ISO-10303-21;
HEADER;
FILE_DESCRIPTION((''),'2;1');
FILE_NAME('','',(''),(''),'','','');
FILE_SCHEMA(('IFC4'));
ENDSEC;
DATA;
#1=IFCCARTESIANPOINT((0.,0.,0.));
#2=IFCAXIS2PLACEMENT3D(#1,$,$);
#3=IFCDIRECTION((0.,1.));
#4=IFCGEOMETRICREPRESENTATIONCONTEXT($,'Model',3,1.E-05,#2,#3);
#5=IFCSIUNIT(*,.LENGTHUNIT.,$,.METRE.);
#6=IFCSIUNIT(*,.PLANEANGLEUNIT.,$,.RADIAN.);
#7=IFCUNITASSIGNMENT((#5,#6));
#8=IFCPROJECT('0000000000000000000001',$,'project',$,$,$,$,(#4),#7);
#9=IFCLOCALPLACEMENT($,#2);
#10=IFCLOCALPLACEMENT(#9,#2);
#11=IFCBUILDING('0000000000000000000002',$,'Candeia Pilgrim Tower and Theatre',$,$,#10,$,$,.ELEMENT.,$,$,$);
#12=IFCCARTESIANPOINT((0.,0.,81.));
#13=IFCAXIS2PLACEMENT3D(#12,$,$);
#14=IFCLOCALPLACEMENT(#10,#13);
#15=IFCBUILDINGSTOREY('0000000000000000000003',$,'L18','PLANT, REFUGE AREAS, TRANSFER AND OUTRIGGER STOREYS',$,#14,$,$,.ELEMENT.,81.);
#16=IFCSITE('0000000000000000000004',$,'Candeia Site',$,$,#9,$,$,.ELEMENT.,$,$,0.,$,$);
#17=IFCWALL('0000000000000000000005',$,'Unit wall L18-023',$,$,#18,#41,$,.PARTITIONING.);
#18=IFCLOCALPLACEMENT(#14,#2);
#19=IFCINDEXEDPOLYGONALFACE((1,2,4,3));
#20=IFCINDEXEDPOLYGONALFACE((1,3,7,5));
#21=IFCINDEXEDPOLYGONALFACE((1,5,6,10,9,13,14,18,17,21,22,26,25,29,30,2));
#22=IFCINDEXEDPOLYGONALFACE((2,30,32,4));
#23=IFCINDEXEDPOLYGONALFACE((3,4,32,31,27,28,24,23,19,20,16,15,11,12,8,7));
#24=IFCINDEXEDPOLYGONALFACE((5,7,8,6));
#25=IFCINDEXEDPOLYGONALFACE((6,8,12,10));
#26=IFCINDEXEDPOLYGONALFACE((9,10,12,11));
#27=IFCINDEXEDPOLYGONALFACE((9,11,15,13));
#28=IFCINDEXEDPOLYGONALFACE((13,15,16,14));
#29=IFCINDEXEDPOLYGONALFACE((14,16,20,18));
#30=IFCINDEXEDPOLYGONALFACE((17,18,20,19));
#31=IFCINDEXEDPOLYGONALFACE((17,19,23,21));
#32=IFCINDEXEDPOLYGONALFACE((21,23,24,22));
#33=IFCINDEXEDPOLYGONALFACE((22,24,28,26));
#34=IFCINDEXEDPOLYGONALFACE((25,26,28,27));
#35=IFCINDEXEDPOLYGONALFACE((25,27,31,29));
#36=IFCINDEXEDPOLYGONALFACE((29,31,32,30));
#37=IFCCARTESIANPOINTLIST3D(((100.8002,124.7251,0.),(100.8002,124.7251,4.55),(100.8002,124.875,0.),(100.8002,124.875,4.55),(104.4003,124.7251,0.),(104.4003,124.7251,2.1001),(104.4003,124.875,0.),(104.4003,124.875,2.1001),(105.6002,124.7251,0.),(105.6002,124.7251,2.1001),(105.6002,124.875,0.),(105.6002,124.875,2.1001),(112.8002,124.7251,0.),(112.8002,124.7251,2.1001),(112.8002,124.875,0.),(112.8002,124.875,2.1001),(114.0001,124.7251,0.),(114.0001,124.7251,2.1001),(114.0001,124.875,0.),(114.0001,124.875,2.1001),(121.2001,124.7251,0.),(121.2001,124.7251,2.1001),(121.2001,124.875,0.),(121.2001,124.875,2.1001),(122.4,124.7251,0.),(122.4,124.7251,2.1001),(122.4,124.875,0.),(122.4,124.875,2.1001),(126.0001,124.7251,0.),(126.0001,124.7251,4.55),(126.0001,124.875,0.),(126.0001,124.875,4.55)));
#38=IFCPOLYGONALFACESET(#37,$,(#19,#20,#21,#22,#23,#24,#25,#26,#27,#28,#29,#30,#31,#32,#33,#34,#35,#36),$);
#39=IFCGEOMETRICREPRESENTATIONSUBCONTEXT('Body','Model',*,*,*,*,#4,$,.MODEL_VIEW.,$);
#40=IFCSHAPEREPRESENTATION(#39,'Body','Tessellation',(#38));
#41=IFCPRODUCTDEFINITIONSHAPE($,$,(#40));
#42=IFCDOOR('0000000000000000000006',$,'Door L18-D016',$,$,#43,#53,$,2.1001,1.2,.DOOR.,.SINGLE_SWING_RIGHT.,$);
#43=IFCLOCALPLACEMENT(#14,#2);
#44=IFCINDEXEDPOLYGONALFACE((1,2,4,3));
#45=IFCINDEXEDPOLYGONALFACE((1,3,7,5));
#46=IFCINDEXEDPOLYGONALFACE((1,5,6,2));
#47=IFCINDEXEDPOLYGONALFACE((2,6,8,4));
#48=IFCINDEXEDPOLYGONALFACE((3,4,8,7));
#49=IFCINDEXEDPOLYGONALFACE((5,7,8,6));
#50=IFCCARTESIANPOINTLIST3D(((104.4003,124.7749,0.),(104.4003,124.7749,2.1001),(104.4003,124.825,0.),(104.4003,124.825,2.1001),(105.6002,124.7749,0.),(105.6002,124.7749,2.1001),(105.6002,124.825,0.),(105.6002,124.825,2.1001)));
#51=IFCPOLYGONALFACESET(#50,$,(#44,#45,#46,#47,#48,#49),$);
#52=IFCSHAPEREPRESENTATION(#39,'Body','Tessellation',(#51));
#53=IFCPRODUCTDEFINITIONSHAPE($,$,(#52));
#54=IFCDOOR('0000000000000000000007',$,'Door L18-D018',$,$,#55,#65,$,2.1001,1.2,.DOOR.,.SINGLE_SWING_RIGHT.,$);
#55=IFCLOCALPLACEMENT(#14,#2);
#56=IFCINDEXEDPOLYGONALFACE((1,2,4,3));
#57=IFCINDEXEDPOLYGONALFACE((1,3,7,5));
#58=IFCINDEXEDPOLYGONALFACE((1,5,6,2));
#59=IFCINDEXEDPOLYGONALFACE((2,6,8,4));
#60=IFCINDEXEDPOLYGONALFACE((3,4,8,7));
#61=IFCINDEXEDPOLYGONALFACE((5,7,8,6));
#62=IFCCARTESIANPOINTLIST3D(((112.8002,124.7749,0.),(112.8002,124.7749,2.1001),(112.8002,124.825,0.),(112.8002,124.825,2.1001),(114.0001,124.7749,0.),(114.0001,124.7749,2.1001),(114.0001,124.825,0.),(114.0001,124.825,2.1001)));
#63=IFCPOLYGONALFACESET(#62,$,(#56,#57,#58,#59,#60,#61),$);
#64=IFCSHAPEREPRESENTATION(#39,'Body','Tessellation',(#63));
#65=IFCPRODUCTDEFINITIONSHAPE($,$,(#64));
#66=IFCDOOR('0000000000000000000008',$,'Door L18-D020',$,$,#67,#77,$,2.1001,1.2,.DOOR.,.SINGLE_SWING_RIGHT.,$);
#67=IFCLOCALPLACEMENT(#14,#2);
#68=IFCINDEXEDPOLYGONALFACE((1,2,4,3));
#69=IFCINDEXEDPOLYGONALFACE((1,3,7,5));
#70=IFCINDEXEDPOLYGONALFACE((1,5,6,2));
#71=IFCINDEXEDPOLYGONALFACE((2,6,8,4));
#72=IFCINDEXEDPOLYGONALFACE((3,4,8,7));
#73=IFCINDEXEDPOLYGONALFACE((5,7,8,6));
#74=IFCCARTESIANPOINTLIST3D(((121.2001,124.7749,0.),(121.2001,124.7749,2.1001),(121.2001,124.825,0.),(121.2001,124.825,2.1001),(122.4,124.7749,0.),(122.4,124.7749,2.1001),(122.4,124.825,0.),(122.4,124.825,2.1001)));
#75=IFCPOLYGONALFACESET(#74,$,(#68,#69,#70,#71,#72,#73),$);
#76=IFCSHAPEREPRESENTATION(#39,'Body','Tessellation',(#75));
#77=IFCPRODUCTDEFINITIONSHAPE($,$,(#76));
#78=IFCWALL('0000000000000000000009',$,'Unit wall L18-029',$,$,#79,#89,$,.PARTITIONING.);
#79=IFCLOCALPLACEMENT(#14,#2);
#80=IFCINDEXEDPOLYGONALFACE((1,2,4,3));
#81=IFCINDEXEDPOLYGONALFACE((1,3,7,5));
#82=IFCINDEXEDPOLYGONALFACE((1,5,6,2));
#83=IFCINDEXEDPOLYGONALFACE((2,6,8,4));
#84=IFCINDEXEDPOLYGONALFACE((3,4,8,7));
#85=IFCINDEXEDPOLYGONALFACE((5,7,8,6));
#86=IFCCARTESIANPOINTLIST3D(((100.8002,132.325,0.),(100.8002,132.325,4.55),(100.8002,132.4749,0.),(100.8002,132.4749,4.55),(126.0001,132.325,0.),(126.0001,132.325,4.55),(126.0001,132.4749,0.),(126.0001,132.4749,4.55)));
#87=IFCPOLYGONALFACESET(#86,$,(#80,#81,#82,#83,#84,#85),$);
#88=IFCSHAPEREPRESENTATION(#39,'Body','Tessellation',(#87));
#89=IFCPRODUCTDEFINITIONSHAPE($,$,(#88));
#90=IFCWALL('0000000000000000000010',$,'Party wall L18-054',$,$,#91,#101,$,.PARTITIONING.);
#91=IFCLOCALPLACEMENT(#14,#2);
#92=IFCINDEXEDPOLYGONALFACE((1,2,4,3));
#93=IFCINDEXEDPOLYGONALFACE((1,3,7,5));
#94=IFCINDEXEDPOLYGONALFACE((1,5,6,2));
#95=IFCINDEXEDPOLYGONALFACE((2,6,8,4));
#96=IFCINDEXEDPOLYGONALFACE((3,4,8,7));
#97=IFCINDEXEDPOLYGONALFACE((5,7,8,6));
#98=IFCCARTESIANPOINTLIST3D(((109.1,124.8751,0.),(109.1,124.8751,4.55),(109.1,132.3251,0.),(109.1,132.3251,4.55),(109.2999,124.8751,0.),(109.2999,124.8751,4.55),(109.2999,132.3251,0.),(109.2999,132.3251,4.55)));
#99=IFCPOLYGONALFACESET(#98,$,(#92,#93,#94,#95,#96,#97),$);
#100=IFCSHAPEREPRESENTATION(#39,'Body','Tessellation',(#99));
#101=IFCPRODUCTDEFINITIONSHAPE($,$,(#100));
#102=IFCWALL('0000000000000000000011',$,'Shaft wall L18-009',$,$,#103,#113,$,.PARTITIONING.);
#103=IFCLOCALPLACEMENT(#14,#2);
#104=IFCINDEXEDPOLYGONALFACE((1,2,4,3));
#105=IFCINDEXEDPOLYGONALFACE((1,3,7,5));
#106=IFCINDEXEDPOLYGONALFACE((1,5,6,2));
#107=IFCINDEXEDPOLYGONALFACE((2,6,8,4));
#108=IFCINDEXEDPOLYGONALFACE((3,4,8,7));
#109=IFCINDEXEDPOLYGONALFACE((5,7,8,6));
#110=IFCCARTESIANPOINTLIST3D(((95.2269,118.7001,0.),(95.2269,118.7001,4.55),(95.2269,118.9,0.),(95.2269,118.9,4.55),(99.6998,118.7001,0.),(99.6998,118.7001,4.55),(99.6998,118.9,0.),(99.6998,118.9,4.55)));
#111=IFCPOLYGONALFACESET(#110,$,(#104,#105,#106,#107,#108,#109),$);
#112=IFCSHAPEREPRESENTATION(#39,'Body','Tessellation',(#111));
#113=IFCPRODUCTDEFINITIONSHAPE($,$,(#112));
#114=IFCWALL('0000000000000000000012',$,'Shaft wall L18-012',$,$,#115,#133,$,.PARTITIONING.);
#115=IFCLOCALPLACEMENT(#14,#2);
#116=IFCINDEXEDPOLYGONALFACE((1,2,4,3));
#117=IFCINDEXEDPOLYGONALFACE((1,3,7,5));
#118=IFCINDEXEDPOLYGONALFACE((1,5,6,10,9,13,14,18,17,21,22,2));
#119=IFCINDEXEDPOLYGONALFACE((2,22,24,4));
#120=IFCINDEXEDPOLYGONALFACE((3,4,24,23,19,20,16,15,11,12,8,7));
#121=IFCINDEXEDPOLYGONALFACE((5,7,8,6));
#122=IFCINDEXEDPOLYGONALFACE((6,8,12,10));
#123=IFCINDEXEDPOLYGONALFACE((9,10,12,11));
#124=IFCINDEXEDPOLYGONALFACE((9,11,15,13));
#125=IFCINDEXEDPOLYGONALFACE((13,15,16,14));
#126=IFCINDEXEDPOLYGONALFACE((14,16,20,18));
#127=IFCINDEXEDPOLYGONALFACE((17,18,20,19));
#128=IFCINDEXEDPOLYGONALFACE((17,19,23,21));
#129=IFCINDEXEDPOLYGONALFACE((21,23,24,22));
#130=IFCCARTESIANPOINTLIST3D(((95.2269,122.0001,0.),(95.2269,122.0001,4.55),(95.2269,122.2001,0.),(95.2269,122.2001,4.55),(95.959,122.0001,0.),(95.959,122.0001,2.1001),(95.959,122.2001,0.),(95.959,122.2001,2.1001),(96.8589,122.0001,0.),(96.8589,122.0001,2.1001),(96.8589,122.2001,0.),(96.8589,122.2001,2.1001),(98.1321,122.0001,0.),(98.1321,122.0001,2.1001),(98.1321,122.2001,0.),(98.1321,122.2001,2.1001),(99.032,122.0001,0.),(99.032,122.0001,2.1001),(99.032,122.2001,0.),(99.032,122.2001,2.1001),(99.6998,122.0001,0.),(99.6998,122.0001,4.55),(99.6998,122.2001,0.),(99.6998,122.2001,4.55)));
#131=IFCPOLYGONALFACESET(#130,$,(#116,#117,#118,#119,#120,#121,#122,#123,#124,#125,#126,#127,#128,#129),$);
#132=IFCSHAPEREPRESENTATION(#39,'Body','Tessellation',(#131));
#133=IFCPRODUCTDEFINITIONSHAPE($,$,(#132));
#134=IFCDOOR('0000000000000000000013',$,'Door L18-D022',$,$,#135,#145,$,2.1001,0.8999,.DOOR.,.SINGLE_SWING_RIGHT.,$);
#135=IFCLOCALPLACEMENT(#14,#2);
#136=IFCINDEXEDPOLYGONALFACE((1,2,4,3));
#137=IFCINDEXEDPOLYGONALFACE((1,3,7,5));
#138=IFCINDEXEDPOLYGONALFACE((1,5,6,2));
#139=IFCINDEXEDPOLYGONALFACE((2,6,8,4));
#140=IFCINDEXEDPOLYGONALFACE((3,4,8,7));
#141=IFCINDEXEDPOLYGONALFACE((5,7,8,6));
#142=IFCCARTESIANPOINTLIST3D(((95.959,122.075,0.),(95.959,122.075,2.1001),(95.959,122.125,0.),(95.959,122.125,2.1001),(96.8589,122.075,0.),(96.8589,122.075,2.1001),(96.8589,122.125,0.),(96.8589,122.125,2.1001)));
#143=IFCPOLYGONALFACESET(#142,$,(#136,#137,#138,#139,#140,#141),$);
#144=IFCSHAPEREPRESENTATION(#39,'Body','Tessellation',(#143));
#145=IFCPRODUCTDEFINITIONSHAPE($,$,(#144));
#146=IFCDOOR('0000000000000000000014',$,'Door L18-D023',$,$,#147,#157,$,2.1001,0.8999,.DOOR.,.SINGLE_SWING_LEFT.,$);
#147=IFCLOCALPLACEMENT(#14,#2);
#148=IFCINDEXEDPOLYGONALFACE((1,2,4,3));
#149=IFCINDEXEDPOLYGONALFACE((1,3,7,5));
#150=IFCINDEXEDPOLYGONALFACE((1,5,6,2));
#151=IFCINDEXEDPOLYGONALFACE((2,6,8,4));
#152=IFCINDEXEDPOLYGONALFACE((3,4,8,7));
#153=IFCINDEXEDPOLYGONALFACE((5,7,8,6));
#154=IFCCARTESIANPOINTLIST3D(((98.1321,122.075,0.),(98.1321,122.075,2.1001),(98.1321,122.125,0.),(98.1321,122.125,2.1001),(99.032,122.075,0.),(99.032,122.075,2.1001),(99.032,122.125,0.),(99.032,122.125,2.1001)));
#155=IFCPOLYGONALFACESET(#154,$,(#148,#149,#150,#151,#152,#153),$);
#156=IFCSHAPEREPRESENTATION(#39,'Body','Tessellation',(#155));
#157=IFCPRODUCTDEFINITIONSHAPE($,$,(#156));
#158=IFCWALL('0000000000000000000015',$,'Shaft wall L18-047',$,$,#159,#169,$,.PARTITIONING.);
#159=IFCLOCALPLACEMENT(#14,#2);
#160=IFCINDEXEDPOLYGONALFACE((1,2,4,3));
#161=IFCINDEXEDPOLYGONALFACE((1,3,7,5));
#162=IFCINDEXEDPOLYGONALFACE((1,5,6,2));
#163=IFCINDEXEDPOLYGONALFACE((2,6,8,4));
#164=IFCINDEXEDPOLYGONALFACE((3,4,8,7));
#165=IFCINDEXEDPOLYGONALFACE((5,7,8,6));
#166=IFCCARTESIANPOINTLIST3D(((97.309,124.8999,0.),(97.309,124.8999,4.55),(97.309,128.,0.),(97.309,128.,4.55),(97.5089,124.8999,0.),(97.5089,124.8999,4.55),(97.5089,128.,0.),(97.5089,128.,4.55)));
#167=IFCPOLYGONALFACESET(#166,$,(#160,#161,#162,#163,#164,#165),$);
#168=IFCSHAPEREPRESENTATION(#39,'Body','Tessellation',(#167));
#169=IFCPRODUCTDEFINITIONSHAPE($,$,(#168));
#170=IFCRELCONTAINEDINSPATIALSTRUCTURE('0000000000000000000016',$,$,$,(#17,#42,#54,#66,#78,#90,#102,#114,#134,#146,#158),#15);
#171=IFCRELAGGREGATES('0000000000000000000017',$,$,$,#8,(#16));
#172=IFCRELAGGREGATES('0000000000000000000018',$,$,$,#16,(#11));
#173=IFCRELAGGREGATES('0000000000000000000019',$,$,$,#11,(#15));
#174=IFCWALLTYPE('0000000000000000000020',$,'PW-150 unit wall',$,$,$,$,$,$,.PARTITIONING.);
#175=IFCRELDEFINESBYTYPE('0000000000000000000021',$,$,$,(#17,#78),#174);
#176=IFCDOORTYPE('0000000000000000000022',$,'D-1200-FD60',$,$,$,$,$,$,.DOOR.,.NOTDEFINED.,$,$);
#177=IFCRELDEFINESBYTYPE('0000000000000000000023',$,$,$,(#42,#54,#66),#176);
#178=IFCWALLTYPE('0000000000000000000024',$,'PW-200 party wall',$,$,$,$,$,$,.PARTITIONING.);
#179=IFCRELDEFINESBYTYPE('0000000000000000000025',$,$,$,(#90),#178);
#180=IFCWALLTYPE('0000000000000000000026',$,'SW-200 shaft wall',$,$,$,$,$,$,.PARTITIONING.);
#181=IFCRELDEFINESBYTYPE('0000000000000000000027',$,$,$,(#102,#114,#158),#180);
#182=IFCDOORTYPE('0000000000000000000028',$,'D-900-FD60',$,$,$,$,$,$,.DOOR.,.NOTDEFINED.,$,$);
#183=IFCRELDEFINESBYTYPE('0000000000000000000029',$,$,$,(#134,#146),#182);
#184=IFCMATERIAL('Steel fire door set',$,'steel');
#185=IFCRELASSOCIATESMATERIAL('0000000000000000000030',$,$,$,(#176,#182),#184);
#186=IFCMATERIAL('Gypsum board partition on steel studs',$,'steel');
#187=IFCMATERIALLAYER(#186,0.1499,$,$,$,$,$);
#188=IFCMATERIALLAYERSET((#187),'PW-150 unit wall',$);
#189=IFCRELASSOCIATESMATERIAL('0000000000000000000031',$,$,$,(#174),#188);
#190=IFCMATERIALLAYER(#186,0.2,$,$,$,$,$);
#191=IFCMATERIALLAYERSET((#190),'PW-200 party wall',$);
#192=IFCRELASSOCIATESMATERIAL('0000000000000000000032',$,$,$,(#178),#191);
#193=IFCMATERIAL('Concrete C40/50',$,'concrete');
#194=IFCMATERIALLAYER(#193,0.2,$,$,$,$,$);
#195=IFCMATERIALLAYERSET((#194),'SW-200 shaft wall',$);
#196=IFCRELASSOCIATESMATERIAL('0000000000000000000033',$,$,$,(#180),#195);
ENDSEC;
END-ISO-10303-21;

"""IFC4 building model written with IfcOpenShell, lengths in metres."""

from ifc_helpers import new_model, si_unit, direction, frame, frame_2d, origin, place, context, subcontext, project, spatial, rectangle, extrude, material, layer, layer_set, type_object, element, fill, save


model = new_model("IFC4")

# Units and contexts
model_context = context("Model", 3, precision=1e-05, world=origin(), true_north=direction((0.0, 1.0)))
body_context = subcontext(model_context, "Body", "Model", "MODEL_VIEW")
ifc_project = project(units=[si_unit("LENGTHUNIT", "METRE"), si_unit("PLANEANGLEUNIT", "RADIAN")], contexts=[model_context])

# Site, building, storey
site_placement = place(None, origin())
site = spatial("IfcSite", under=ifc_project, at=site_placement, Name="Candeia Site", CompositionType="ELEMENT", RefElevation=0.0)
building_placement = place(site_placement, origin())
building = spatial("IfcBuilding", under=site, at=building_placement, Name="Candeia Pilgrim Tower and Theatre", CompositionType="ELEMENT")
storey_placement = place(building_placement, frame((0.0, 0.0, 81.0)))
storey = spatial("IfcBuildingStorey", under=building, at=storey_placement, Name="L18", Description="PLANT, REFUGE AREAS, TRANSFER AND OUTRIGGER STOREYS", CompositionType="ELEMENT", Elevation=81.0)

# Wall, openings, doors
ifc_material_1 = material(Name="Steel fire door set", Category="steel")
door_type_1 = type_object("IfcDoorType", Name="D-1200-FD60", OperationType="NOTDEFINED", PredefinedType="DOOR", material=ifc_material_1)
ifc_material_2 = material(Name="Gypsum board partition on steel studs", Category="steel")
ifc_layer_1 = layer(ifc_material_2, 0.1499)
ifc_layer_set_1 = layer_set([ifc_layer_1], Name="PW-150 unit wall")
wall_type_1 = type_object("IfcWallType", Name="PW-150 unit wall", PredefinedType="PARTITIONING", material=ifc_layer_set_1)
wall_1_placement = place(storey_placement, frame((100.8, 124.8, 0.0), z_axis=(0.0, 0.0, 1.0), x_axis=(1.0, 0.0, 0.0)))
wall_1 = element("IfcWall", 1, at=wall_1_placement, inside=storey, type_object=wall_type_1, Name="Unit wall L18-023", PredefinedType="PARTITIONING", context=body_context, shape_type="SweptSolid", body=[
    extrude(rectangle(XDim=25.2, YDim=0.1499, at=frame_2d((12.6001, 0.0))), origin(), (0.0, 0.0, 1.0), 4.55),
])
opening_1_placement = place(wall_1_placement, frame((3.6001, 0.0, 0.0)))
opening_1 = element("IfcOpeningElement", 2, at=opening_1_placement, cuts=wall_1, PredefinedType="OPENING", context=body_context, shape_type="SweptSolid", body=[
    extrude(rectangle(XDim=1.2, YDim=2.1001, at=frame_2d((0.6001, 1.05))), frame((0.0, 0.085, 0.0), z_axis=(0.0, -1.0, 0.0), x_axis=(1.0, 0.0, 0.0)), (0.0, 0.0, 1.0), 0.1699),
])
opening_2_placement = place(wall_1_placement, frame((12.0, 0.0, 0.0)))
opening_2 = element("IfcOpeningElement", 3, at=opening_2_placement, cuts=wall_1, PredefinedType="OPENING", context=body_context, shape_type="SweptSolid", body=[
    extrude(rectangle(XDim=1.2, YDim=2.1001, at=frame_2d((0.6001, 1.05))), frame((0.0, 0.085, 0.0), z_axis=(0.0, -1.0, 0.0), x_axis=(1.0, 0.0, 0.0)), (0.0, 0.0, 1.0), 0.1699),
])
opening_3_placement = place(wall_1_placement, frame((20.3999, 0.0, 0.0)))
opening_3 = element("IfcOpeningElement", 4, at=opening_3_placement, cuts=wall_1, PredefinedType="OPENING", context=body_context, shape_type="SweptSolid", body=[
    extrude(rectangle(XDim=1.2, YDim=2.1001, at=frame_2d((0.6001, 1.05))), frame((0.0, 0.085, 0.0), z_axis=(0.0, -1.0, 0.0), x_axis=(1.0, 0.0, 0.0)), (0.0, 0.0, 1.0), 0.1699),
])
door_1_placement = place(opening_1_placement, origin())
door_1 = element("IfcDoor", 5, at=door_1_placement, inside=storey, type_object=door_type_1, Name="Door L18-D016", OperationType="SINGLE_SWING_RIGHT", OverallHeight=2.1001, OverallWidth=1.2, PredefinedType="DOOR", context=body_context, shape_type="SweptSolid", body=[
    extrude(rectangle(XDim=1.2, YDim=2.1001, at=frame_2d((0.6001, 1.05))), frame((0.0, 0.0249, 0.0), z_axis=(0.0, -1.0, 0.0), x_axis=(1.0, 0.0, 0.0)), (0.0, 0.0, 1.0), 0.05),
])
fill(opening_1, door_1)
door_2_placement = place(opening_2_placement, origin())
door_2 = element("IfcDoor", 6, at=door_2_placement, inside=storey, type_object=door_type_1, Name="Door L18-D018", OperationType="SINGLE_SWING_RIGHT", OverallHeight=2.1001, OverallWidth=1.2, PredefinedType="DOOR", context=body_context, shape_type="SweptSolid", body=[
    extrude(rectangle(XDim=1.2, YDim=2.1001, at=frame_2d((0.6001, 1.05))), frame((0.0, 0.0249, 0.0), z_axis=(0.0, -1.0, 0.0), x_axis=(1.0, 0.0, 0.0)), (0.0, 0.0, 1.0), 0.05),
])
fill(opening_2, door_2)
door_3_placement = place(opening_3_placement, origin())
door_3 = element("IfcDoor", 7, at=door_3_placement, inside=storey, type_object=door_type_1, Name="Door L18-D020", OperationType="SINGLE_SWING_RIGHT", OverallHeight=2.1001, OverallWidth=1.2, PredefinedType="DOOR", context=body_context, shape_type="SweptSolid", body=[
    extrude(rectangle(XDim=1.2, YDim=2.1001, at=frame_2d((0.6001, 1.05))), frame((0.0, 0.0249, 0.0), z_axis=(0.0, -1.0, 0.0), x_axis=(1.0, 0.0, 0.0)), (0.0, 0.0, 1.0), 0.05),
])
fill(opening_3, door_3)

# Walls
wall_2_placement = place(storey_placement, frame((100.8, 132.3999, 0.0), z_axis=(0.0, 0.0, 1.0), x_axis=(1.0, 0.0, 0.0)))
element("IfcWall", 8, at=wall_2_placement, inside=storey, type_object=wall_type_1, Name="Unit wall L18-029", PredefinedType="PARTITIONING", context=body_context, shape_type="SweptSolid", body=[
    extrude(rectangle(XDim=25.2, YDim=0.1499, at=frame_2d((12.6001, 0.0))), origin(), (0.0, 0.0, 1.0), 4.55),
])
ifc_layer_2 = layer(ifc_material_2, 0.2)
ifc_layer_set_2 = layer_set([ifc_layer_2], Name="PW-200 party wall")
wall_type_2 = type_object("IfcWallType", Name="PW-200 party wall", PredefinedType="PARTITIONING", material=ifc_layer_set_2)
wall_3_placement = place(storey_placement, frame((109.2, 124.875, 0.0), z_axis=(0.0, 0.0, 1.0), x_axis=(0.0, 1.0, 0.0)))
element("IfcWall", 9, at=wall_3_placement, inside=storey, type_object=wall_type_2, Name="Party wall L18-054", PredefinedType="PARTITIONING", context=body_context, shape_type="SweptSolid", body=[
    extrude(rectangle(XDim=7.45, YDim=0.2, at=frame_2d((3.7251, 0.0))), origin(), (0.0, 0.0, 1.0), 4.55),
])
ifc_material_3 = material(Name="Concrete C40/50", Category="concrete")
ifc_layer_3 = layer(ifc_material_3, 0.2)
ifc_layer_set_3 = layer_set([ifc_layer_3], Name="SW-200 shaft wall")
wall_type_3 = type_object("IfcWallType", Name="SW-200 shaft wall", PredefinedType="PARTITIONING", material=ifc_layer_set_3)
wall_4_placement = place(storey_placement, frame((95.2271, 118.8, 0.0), z_axis=(0.0, 0.0, 1.0), x_axis=(1.0, 0.0, 0.0)))
element("IfcWall", 10, at=wall_4_placement, inside=storey, type_object=wall_type_3, Name="Shaft wall L18-009", PredefinedType="PARTITIONING", context=body_context, shape_type="SweptSolid", body=[
    extrude(rectangle(XDim=4.4729, YDim=0.2, at=frame_2d((2.2363, 0.0))), origin(), (0.0, 0.0, 1.0), 4.55),
])

# Wall, openings, doors
wall_5_placement = place(storey_placement, frame((95.2271, 122.1001, 0.0), z_axis=(0.0, 0.0, 1.0), x_axis=(1.0, 0.0, 0.0)))
wall_5 = element("IfcWall", 11, at=wall_5_placement, inside=storey, type_object=wall_type_3, Name="Shaft wall L18-012", PredefinedType="PARTITIONING", context=body_context, shape_type="SweptSolid", body=[
    extrude(rectangle(XDim=4.4729, YDim=0.2, at=frame_2d((2.2363, 0.0))), origin(), (0.0, 0.0, 1.0), 4.55),
])
opening_4_placement = place(wall_5_placement, frame((0.7319, 0.0, 0.0)))
opening_4 = element("IfcOpeningElement", 12, at=opening_4_placement, cuts=wall_5, PredefinedType="OPENING", context=body_context, shape_type="SweptSolid", body=[
    extrude(rectangle(XDim=0.8999, YDim=2.1001, at=frame_2d((0.45, 1.05))), frame((0.0, 0.1099, 0.0), z_axis=(0.0, -1.0, 0.0), x_axis=(1.0, 0.0, 0.0)), (0.0, 0.0, 1.0), 0.22),
])
opening_5_placement = place(wall_5_placement, frame((2.905, 0.0, 0.0)))
opening_5 = element("IfcOpeningElement", 13, at=opening_5_placement, cuts=wall_5, PredefinedType="OPENING", context=body_context, shape_type="SweptSolid", body=[
    extrude(rectangle(XDim=0.8999, YDim=2.1001, at=frame_2d((0.45, 1.05))), frame((0.0, 0.1099, 0.0), z_axis=(0.0, -1.0, 0.0), x_axis=(1.0, 0.0, 0.0)), (0.0, 0.0, 1.0), 0.22),
])
door_type_2 = type_object("IfcDoorType", Name="D-900-FD60", OperationType="NOTDEFINED", PredefinedType="DOOR", material=ifc_material_1)
door_4_placement = place(opening_4_placement, origin())
door_4 = element("IfcDoor", 14, at=door_4_placement, inside=storey, type_object=door_type_2, Name="Door L18-D022", OperationType="SINGLE_SWING_RIGHT", OverallHeight=2.1001, OverallWidth=0.8999, PredefinedType="DOOR", context=body_context, shape_type="SweptSolid", body=[
    extrude(rectangle(XDim=0.8999, YDim=2.1001, at=frame_2d((0.45, 1.05))), frame((0.0, 0.0249, 0.0), z_axis=(0.0, -1.0, 0.0), x_axis=(1.0, 0.0, 0.0)), (0.0, 0.0, 1.0), 0.05),
])
fill(opening_4, door_4)
door_5_placement = place(opening_5_placement, origin())
door_5 = element("IfcDoor", 15, at=door_5_placement, inside=storey, type_object=door_type_2, Name="Door L18-D023", OperationType="SINGLE_SWING_LEFT", OverallHeight=2.1001, OverallWidth=0.8999, PredefinedType="DOOR", context=body_context, shape_type="SweptSolid", body=[
    extrude(rectangle(XDim=0.8999, YDim=2.1001, at=frame_2d((0.45, 1.05))), frame((0.0, 0.0249, 0.0), z_axis=(0.0, -1.0, 0.0), x_axis=(1.0, 0.0, 0.0)), (0.0, 0.0, 1.0), 0.05),
])
fill(opening_5, door_5)

# Wall
for number, where, z_axis, x_axis, name in (
    (16, (97.4089, 124.8999, 0.0), (0.0, 0.0, 1.0), (0.0, 1.0, 0.0), "Shaft wall L18-047"),
):
    element("IfcWall", number, at=place(storey_placement, frame(where, z_axis=z_axis, x_axis=x_axis)), inside=storey, type_object=wall_type_3, Name=name, PredefinedType="PARTITIONING", context=body_context, shape_type="SweptSolid", body=[
        extrude(rectangle(XDim=3.1001, YDim=0.2, at=frame_2d((1.55, 0.0))), origin(), (0.0, 0.0, 1.0), 4.55),
    ])

save(model, "model.ifc")
